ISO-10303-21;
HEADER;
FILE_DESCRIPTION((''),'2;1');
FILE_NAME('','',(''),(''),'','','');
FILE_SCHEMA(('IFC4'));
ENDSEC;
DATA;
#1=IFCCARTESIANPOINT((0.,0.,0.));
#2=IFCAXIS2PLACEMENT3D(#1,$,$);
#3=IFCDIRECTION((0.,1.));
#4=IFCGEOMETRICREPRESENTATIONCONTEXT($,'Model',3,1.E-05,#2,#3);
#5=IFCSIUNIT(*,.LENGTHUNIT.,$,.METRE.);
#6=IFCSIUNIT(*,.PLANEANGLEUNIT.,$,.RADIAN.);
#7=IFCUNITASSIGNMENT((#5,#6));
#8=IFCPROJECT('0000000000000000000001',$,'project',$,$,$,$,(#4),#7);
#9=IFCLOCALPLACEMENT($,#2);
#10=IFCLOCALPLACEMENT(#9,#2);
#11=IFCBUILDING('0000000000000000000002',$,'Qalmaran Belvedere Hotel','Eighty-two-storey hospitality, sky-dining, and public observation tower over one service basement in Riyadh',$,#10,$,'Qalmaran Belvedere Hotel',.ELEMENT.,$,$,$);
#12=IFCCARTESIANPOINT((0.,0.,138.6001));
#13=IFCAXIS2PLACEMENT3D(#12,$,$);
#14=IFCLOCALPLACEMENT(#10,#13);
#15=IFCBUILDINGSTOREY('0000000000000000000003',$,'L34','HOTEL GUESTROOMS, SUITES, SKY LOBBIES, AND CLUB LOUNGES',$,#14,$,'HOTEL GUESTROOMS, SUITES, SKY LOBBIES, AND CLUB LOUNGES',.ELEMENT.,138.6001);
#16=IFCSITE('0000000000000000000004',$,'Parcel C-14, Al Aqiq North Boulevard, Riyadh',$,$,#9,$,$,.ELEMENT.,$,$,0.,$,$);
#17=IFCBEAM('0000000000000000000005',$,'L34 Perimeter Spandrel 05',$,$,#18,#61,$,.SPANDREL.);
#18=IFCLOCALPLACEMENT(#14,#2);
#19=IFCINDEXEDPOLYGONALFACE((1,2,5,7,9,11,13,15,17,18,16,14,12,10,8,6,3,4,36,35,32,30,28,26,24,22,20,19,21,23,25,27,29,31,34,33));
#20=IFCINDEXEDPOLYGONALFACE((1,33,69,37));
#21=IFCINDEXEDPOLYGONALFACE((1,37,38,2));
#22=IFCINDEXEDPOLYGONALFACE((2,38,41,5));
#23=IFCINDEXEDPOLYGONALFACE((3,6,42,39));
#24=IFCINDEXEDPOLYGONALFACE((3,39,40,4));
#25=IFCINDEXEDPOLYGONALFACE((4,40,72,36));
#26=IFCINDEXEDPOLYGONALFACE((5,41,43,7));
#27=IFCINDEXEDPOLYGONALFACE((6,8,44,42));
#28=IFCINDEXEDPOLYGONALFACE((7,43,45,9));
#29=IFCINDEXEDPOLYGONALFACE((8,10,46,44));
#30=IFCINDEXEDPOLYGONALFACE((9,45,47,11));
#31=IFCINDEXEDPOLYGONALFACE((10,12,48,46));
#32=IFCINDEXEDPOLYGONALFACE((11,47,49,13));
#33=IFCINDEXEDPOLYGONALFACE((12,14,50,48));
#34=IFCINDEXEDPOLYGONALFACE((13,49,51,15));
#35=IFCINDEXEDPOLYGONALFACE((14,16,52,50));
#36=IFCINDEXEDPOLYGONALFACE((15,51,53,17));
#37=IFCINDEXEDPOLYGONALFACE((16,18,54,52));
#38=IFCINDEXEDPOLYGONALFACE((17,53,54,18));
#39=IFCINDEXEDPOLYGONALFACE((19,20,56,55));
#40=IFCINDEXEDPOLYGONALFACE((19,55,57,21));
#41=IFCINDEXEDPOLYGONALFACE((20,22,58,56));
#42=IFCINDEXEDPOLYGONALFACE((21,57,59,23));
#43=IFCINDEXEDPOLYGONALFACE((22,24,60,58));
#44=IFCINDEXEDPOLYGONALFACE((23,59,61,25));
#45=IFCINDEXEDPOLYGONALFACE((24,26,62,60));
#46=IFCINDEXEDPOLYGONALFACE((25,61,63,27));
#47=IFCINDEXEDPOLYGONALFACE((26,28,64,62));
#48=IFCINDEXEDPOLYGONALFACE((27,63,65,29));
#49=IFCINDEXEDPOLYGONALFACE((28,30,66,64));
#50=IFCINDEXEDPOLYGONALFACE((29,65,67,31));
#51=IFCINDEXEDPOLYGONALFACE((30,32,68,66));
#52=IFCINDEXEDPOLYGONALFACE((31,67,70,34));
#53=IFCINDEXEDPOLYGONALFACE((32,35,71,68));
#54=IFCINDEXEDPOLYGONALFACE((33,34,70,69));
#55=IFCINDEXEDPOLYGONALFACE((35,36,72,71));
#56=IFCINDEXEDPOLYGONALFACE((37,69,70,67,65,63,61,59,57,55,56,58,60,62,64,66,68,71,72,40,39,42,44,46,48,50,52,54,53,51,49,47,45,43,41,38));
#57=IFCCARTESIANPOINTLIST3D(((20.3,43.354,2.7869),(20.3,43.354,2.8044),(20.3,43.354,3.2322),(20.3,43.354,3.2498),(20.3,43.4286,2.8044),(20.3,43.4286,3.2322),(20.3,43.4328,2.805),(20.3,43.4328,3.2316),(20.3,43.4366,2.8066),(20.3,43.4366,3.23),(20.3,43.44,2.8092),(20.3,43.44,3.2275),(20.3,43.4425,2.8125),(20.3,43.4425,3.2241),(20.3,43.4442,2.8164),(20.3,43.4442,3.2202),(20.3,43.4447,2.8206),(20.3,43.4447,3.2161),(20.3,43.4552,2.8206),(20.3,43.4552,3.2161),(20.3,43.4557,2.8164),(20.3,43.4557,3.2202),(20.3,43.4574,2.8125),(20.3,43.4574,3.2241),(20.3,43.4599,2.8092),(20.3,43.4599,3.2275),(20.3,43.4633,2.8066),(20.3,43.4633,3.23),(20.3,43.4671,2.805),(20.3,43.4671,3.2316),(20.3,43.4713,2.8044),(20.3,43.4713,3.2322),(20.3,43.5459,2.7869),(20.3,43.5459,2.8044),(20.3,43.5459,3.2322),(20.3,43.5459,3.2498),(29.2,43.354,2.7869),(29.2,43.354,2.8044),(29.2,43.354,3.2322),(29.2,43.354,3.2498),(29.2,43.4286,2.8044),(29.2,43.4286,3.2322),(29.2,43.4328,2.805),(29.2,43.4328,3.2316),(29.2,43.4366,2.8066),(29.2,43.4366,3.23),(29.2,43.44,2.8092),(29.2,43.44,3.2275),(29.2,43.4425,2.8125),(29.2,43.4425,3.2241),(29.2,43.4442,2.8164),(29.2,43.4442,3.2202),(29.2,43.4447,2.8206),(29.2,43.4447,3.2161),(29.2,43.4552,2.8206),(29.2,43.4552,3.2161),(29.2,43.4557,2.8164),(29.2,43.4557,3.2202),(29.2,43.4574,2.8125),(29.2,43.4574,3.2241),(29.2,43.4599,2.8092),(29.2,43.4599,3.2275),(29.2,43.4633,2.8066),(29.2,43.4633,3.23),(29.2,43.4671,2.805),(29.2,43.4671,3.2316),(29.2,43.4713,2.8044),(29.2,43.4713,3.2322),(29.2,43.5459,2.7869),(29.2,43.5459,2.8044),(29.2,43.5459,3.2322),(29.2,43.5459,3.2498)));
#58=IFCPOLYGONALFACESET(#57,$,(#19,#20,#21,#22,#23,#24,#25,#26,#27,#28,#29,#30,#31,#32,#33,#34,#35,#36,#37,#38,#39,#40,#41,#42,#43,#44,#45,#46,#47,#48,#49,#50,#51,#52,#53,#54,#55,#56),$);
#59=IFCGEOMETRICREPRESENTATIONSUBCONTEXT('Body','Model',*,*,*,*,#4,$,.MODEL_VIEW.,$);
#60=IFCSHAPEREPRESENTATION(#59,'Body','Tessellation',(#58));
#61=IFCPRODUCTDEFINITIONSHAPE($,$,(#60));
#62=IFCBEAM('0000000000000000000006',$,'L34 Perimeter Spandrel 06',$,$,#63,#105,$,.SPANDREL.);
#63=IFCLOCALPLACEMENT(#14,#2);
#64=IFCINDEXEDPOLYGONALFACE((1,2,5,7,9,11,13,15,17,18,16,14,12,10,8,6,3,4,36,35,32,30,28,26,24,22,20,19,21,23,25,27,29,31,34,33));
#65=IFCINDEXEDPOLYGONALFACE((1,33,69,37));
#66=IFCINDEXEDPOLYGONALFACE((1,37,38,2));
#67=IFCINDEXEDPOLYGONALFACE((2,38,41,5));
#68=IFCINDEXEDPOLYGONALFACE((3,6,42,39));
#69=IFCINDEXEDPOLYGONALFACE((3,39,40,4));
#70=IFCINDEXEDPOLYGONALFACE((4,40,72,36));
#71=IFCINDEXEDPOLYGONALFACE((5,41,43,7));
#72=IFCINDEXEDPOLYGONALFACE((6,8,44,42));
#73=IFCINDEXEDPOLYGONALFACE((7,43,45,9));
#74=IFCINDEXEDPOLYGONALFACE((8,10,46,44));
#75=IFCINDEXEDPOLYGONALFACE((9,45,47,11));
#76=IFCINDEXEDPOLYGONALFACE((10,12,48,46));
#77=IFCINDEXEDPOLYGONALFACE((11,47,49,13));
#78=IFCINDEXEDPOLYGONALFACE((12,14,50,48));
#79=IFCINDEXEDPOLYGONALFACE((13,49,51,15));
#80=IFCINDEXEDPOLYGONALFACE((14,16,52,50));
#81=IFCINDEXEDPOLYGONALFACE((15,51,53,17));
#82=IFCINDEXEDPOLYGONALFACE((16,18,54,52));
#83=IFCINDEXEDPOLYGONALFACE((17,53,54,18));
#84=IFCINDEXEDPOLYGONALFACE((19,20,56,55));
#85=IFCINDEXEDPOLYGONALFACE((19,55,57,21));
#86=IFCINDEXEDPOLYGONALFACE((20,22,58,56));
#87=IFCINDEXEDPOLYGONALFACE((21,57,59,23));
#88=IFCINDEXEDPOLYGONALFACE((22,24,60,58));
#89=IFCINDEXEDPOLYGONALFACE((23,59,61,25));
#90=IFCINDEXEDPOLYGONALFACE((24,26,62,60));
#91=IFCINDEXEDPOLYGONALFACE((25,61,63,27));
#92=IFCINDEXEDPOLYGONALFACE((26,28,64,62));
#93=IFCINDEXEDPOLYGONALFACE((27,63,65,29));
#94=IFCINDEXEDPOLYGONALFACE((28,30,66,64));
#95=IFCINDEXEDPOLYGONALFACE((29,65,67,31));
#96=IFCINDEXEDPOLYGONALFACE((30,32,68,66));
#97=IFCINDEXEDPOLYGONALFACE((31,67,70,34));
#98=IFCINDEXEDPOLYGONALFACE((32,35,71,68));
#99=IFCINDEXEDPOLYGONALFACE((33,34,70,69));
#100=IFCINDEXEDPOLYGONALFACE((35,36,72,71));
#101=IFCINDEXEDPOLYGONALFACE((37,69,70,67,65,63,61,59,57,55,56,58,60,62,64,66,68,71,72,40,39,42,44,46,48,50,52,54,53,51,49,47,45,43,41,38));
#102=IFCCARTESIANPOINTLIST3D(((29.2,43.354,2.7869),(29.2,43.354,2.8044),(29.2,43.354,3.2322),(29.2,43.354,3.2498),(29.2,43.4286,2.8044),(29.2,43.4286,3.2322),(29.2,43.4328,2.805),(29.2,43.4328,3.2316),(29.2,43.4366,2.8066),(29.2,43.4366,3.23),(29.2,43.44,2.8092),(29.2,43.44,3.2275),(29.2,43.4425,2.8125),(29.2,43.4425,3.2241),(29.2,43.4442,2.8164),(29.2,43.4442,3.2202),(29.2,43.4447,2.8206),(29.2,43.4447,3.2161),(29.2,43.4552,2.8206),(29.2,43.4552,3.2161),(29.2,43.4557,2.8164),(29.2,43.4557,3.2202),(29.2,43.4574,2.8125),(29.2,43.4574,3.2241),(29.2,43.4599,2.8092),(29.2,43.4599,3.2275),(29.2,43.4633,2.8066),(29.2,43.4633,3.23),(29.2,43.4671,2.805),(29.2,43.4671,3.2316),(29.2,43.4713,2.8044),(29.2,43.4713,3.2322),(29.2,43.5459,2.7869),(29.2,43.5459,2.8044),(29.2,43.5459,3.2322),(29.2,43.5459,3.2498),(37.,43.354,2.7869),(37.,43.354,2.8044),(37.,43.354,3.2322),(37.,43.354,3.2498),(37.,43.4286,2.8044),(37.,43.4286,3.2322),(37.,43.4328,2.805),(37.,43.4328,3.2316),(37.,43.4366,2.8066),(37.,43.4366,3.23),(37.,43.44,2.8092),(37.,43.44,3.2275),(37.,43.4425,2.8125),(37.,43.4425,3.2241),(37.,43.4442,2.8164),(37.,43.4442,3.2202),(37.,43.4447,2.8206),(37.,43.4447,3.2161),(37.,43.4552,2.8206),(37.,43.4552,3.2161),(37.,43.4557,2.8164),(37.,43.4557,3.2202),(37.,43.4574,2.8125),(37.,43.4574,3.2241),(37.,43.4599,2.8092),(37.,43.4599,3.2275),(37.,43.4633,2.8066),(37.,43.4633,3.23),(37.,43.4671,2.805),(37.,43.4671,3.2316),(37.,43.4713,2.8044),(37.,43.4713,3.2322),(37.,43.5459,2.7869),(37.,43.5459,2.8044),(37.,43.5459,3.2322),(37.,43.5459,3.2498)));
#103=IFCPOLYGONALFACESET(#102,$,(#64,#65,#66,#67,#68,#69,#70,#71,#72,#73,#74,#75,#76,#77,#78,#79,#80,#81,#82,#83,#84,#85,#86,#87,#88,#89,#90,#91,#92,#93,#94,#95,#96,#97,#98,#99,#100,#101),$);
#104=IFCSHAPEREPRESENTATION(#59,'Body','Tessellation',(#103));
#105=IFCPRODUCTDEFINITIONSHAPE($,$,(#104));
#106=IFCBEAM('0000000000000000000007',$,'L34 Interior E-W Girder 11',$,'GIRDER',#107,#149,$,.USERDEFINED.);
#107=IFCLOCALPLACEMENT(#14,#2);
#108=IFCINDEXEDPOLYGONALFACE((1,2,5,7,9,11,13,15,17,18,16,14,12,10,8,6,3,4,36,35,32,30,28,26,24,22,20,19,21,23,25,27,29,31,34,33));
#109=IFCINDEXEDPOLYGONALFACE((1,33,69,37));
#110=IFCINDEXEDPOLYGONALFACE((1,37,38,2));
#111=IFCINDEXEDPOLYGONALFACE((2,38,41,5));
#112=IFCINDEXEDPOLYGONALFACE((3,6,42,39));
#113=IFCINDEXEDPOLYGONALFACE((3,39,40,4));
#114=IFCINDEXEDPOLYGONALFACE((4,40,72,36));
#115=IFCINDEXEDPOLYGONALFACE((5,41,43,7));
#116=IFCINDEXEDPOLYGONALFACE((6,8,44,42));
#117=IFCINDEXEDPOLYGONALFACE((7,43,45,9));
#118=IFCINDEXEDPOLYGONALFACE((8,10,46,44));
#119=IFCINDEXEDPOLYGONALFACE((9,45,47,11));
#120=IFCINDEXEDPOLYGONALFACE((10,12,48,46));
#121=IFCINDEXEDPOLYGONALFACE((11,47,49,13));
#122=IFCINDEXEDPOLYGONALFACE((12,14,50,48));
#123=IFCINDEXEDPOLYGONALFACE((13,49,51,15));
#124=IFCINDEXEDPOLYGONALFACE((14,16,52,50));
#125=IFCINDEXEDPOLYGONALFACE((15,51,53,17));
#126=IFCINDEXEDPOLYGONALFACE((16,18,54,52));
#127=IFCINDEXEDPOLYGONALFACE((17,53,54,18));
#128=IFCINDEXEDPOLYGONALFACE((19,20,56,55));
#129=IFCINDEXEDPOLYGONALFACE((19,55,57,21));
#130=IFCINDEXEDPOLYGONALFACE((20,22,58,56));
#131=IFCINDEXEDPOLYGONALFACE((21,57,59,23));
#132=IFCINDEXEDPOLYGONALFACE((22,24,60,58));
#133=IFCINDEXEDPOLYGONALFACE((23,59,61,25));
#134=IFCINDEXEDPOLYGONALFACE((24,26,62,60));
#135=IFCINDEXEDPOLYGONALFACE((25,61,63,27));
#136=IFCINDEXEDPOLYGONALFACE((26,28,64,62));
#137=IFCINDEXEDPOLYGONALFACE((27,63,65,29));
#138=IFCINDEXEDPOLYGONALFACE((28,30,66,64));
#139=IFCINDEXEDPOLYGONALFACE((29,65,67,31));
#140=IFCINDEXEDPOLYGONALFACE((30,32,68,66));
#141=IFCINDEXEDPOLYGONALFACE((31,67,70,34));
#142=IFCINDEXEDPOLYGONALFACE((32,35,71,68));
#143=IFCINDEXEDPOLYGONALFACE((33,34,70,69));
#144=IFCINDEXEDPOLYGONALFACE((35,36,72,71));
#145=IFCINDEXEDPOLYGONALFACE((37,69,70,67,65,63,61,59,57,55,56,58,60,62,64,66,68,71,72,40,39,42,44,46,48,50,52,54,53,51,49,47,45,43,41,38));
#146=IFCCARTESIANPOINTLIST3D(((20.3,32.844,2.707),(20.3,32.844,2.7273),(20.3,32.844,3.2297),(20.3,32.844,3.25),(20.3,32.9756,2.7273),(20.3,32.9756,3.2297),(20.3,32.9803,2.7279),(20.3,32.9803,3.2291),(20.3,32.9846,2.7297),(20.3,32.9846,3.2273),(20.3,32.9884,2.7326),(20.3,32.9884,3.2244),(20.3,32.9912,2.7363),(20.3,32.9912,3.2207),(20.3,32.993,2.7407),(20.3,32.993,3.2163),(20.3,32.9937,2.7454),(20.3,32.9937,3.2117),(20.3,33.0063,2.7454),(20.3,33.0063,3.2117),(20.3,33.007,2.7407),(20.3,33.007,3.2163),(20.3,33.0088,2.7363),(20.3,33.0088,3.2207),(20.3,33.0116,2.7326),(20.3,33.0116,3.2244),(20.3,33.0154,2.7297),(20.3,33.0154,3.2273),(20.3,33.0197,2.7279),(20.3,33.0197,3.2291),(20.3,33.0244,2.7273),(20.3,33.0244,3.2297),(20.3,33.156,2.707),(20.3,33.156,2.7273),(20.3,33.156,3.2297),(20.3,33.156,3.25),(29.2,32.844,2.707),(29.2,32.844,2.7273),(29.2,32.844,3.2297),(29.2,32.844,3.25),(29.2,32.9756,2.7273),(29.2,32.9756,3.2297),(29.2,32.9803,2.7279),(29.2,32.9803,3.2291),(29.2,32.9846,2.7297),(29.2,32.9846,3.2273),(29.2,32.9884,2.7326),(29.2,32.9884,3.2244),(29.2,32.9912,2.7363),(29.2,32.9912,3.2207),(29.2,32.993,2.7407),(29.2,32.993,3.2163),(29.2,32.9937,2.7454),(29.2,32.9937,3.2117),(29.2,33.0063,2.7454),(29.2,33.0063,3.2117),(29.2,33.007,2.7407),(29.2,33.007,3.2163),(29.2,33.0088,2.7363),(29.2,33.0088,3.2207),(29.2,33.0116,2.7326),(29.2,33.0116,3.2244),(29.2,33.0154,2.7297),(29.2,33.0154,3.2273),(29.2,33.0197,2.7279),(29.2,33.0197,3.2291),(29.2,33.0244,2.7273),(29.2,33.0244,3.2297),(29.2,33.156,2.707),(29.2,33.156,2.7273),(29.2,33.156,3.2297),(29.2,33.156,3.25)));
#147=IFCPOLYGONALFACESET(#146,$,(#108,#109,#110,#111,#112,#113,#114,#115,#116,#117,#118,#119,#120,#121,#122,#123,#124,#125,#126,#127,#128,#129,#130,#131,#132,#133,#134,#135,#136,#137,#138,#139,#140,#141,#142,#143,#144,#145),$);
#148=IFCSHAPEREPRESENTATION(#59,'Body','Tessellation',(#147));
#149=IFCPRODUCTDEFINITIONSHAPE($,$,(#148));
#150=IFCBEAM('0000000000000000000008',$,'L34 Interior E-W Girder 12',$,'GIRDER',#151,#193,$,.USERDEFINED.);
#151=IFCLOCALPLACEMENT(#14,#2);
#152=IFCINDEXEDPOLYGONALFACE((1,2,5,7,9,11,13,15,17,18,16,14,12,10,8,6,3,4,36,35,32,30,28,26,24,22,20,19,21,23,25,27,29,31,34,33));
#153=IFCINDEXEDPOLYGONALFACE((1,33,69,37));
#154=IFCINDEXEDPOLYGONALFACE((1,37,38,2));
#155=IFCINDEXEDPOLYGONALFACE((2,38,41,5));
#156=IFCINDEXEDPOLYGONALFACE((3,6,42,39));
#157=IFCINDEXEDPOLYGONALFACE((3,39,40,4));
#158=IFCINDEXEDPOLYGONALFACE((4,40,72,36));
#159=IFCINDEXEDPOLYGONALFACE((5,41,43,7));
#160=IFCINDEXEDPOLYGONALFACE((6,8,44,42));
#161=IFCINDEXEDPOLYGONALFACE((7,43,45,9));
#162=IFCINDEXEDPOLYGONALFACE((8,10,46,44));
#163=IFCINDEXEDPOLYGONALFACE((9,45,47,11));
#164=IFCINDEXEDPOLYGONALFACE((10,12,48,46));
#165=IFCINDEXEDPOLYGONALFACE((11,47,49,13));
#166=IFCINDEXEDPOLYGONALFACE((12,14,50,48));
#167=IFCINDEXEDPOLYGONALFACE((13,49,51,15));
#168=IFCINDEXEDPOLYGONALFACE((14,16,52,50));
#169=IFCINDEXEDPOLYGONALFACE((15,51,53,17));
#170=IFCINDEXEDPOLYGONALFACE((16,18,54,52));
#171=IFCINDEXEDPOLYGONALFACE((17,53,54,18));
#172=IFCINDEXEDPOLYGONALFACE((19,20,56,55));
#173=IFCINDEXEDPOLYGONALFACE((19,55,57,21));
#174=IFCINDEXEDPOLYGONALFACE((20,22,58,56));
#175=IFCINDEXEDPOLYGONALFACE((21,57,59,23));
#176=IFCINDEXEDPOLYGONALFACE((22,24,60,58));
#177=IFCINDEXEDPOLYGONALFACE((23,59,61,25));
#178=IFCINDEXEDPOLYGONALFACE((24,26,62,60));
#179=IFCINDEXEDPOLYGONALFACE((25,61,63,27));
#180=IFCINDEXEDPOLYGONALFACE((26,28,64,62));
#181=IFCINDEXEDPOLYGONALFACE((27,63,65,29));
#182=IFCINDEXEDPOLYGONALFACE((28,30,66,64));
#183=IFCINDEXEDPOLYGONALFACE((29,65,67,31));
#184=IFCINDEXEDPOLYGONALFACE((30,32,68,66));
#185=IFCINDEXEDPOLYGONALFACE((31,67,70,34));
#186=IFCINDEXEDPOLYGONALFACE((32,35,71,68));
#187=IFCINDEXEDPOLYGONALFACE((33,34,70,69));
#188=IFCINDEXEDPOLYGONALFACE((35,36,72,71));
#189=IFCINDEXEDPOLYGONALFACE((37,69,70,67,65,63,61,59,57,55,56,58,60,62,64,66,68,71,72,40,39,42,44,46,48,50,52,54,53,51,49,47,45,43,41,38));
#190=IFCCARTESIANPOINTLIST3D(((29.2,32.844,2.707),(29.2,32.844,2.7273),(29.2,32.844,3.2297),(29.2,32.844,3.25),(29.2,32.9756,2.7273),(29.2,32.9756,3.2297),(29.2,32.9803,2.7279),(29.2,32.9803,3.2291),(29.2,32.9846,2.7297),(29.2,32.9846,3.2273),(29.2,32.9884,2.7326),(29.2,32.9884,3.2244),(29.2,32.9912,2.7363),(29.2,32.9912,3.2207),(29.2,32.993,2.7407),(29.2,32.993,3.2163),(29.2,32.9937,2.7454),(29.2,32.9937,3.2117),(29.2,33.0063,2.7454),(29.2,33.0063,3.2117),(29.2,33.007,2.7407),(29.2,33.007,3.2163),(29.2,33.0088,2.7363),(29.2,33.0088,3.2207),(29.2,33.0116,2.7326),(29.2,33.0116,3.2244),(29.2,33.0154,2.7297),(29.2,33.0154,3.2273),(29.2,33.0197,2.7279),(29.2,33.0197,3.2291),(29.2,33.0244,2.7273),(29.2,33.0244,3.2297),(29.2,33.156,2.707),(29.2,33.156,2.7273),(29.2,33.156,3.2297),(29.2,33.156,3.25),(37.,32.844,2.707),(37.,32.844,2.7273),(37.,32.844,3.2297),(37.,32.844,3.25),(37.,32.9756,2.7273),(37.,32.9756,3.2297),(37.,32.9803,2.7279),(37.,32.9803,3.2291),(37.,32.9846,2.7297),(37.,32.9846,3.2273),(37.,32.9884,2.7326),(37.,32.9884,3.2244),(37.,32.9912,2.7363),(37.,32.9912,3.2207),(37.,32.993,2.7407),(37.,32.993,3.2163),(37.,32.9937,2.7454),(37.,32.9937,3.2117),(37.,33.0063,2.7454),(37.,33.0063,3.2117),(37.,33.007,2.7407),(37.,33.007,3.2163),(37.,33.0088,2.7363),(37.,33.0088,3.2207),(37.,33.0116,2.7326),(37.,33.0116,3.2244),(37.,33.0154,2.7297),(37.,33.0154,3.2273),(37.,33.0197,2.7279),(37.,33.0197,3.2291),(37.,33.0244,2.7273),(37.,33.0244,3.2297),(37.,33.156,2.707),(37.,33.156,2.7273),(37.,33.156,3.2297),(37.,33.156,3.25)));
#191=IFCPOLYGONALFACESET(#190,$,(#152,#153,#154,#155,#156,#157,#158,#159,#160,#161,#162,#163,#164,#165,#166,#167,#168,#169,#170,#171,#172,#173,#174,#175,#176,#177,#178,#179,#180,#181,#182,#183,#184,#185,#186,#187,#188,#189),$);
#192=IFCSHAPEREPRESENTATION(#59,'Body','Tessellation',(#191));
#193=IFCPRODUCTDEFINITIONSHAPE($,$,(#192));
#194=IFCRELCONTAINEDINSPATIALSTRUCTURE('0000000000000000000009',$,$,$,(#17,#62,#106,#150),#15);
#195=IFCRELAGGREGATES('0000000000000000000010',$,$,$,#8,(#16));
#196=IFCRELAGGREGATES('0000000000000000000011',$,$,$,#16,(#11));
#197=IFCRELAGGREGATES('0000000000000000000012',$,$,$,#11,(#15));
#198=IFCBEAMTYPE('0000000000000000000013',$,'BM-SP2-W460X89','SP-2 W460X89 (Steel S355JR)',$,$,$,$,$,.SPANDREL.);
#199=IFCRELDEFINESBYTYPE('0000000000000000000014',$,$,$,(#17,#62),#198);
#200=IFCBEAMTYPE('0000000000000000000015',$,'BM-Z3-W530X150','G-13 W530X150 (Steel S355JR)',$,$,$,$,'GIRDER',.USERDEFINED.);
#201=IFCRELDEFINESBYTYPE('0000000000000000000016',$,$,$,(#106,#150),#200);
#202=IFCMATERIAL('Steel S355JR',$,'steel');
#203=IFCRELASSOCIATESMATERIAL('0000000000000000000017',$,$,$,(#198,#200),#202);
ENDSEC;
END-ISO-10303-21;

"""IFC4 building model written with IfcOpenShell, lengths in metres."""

from ifc_helpers import new_model, si_unit, direction, frame, origin, origin_2d, place, context, subcontext, project, spatial, i_section, extrude, material, material_profile, profile_set, type_object, element, save


model = new_model("IFC4")

# Units and contexts
model_context = context("Model", 3, precision=1e-05, world=origin(), true_north=direction((0.0, 1.0)))
body_context = subcontext(model_context, "Body", "Model", "MODEL_VIEW")
ifc_project = project(units=[si_unit("LENGTHUNIT", "METRE"), si_unit("PLANEANGLEUNIT", "RADIAN")], contexts=[model_context])

# Site, building, storey
site_placement = place(None, origin())
site = spatial("IfcSite", under=ifc_project, at=site_placement, Name="Parcel C-14, Al Aqiq North Boulevard, Riyadh", CompositionType="ELEMENT", RefElevation=0.0)
building_placement = place(site_placement, origin())
building = spatial("IfcBuilding", under=site, at=building_placement, Name="Qalmaran Belvedere Hotel", Description="Eighty-two-storey hospitality, sky-dining, and public observation tower over one service basement in Riyadh", LongName="Qalmaran Belvedere Hotel", CompositionType="ELEMENT")
storey_placement = place(building_placement, frame((0.0, 0.0, 138.6001)))
storey = spatial("IfcBuildingStorey", under=building, at=storey_placement, Name="L34", Description="HOTEL GUESTROOMS, SUITES, SKY LOBBIES, AND CLUB LOUNGES", LongName="HOTEL GUESTROOMS, SUITES, SKY LOBBIES, AND CLUB LOUNGES", CompositionType="ELEMENT", Elevation=138.6001)

# Beams
ifc_material_1 = material(Name="Steel S355JR", Category="steel")
ifc_material_profile_1 = material_profile(ifc_material_1, i_section(OverallWidth=0.1919, OverallDepth=0.4629, WebThickness=0.0105, FlangeThickness=0.0176, FilletRadius=0.0161, at=origin_2d()), Name="W460X89")
ifc_profile_set_1 = profile_set([ifc_material_profile_1], Name="Steel S355JR")
beam_type_1 = type_object("IfcBeamType", Name="BM-SP2-W460X89", Description="SP-2 W460X89 (Steel S355JR)", PredefinedType="SPANDREL", material=ifc_profile_set_1)
beam_1_placement = place(storey_placement, frame((20.3, 43.45, 3.0183), z_axis=(1.0, 0.0, 0.0), x_axis=(0.0, 1.0, 0.0)))
element("IfcBeam", 1, at=beam_1_placement, inside=storey, type_object=beam_type_1, Name="L34 Perimeter Spandrel 05", PredefinedType="SPANDREL", context=body_context, shape_type="SweptSolid", body=[
    extrude(i_section(OverallWidth=0.1919, OverallDepth=0.4629, WebThickness=0.0105, FlangeThickness=0.0176, FilletRadius=0.0161, at=origin_2d()), origin(), (0.0, 0.0, 1.0), 8.8999),
])
beam_2_placement = place(storey_placement, frame((29.2, 43.45, 3.0183), z_axis=(1.0, 0.0, 0.0), x_axis=(0.0, 1.0, 0.0)))
element("IfcBeam", 2, at=beam_2_placement, inside=storey, type_object=beam_type_1, Name="L34 Perimeter Spandrel 06", PredefinedType="SPANDREL", context=body_context, shape_type="SweptSolid", body=[
    extrude(i_section(OverallWidth=0.1919, OverallDepth=0.4629, WebThickness=0.0105, FlangeThickness=0.0176, FilletRadius=0.0161, at=origin_2d()), origin(), (0.0, 0.0, 1.0), 7.8),
])
ifc_material_profile_2 = material_profile(ifc_material_1, i_section(OverallWidth=0.312, OverallDepth=0.543, WebThickness=0.0127, FlangeThickness=0.0203, FilletRadius=0.0181, at=origin_2d()), Name="W530X150")
ifc_profile_set_2 = profile_set([ifc_material_profile_2], Name="Steel S355JR")
beam_type_2 = type_object("IfcBeamType", Name="BM-Z3-W530X150", Description="G-13 W530X150 (Steel S355JR)", ElementType="GIRDER", PredefinedType="USERDEFINED", material=ifc_profile_set_2)
beam_3_placement = place(storey_placement, frame((20.3, 33.0, 2.9785), z_axis=(1.0, 0.0, 0.0), x_axis=(0.0, 1.0, 0.0)))
element("IfcBeam", 3, at=beam_3_placement, inside=storey, type_object=beam_type_2, Name="L34 Interior E-W Girder 11", ObjectType="GIRDER", PredefinedType="USERDEFINED", context=body_context, shape_type="SweptSolid", body=[
    extrude(i_section(OverallWidth=0.312, OverallDepth=0.543, WebThickness=0.0127, FlangeThickness=0.0203, FilletRadius=0.0181, at=origin_2d()), origin(), (0.0, 0.0, 1.0), 8.8999),
])
beam_4_placement = place(storey_placement, frame((29.2, 33.0, 2.9785), z_axis=(1.0, 0.0, 0.0), x_axis=(0.0, 1.0, 0.0)))
element("IfcBeam", 4, at=beam_4_placement, inside=storey, type_object=beam_type_2, Name="L34 Interior E-W Girder 12", ObjectType="GIRDER", PredefinedType="USERDEFINED", context=body_context, shape_type="SweptSolid", body=[
    extrude(i_section(OverallWidth=0.312, OverallDepth=0.543, WebThickness=0.0127, FlangeThickness=0.0203, FilletRadius=0.0181, at=origin_2d()), origin(), (0.0, 0.0, 1.0), 7.8),
])

save(model, "model.ifc")
